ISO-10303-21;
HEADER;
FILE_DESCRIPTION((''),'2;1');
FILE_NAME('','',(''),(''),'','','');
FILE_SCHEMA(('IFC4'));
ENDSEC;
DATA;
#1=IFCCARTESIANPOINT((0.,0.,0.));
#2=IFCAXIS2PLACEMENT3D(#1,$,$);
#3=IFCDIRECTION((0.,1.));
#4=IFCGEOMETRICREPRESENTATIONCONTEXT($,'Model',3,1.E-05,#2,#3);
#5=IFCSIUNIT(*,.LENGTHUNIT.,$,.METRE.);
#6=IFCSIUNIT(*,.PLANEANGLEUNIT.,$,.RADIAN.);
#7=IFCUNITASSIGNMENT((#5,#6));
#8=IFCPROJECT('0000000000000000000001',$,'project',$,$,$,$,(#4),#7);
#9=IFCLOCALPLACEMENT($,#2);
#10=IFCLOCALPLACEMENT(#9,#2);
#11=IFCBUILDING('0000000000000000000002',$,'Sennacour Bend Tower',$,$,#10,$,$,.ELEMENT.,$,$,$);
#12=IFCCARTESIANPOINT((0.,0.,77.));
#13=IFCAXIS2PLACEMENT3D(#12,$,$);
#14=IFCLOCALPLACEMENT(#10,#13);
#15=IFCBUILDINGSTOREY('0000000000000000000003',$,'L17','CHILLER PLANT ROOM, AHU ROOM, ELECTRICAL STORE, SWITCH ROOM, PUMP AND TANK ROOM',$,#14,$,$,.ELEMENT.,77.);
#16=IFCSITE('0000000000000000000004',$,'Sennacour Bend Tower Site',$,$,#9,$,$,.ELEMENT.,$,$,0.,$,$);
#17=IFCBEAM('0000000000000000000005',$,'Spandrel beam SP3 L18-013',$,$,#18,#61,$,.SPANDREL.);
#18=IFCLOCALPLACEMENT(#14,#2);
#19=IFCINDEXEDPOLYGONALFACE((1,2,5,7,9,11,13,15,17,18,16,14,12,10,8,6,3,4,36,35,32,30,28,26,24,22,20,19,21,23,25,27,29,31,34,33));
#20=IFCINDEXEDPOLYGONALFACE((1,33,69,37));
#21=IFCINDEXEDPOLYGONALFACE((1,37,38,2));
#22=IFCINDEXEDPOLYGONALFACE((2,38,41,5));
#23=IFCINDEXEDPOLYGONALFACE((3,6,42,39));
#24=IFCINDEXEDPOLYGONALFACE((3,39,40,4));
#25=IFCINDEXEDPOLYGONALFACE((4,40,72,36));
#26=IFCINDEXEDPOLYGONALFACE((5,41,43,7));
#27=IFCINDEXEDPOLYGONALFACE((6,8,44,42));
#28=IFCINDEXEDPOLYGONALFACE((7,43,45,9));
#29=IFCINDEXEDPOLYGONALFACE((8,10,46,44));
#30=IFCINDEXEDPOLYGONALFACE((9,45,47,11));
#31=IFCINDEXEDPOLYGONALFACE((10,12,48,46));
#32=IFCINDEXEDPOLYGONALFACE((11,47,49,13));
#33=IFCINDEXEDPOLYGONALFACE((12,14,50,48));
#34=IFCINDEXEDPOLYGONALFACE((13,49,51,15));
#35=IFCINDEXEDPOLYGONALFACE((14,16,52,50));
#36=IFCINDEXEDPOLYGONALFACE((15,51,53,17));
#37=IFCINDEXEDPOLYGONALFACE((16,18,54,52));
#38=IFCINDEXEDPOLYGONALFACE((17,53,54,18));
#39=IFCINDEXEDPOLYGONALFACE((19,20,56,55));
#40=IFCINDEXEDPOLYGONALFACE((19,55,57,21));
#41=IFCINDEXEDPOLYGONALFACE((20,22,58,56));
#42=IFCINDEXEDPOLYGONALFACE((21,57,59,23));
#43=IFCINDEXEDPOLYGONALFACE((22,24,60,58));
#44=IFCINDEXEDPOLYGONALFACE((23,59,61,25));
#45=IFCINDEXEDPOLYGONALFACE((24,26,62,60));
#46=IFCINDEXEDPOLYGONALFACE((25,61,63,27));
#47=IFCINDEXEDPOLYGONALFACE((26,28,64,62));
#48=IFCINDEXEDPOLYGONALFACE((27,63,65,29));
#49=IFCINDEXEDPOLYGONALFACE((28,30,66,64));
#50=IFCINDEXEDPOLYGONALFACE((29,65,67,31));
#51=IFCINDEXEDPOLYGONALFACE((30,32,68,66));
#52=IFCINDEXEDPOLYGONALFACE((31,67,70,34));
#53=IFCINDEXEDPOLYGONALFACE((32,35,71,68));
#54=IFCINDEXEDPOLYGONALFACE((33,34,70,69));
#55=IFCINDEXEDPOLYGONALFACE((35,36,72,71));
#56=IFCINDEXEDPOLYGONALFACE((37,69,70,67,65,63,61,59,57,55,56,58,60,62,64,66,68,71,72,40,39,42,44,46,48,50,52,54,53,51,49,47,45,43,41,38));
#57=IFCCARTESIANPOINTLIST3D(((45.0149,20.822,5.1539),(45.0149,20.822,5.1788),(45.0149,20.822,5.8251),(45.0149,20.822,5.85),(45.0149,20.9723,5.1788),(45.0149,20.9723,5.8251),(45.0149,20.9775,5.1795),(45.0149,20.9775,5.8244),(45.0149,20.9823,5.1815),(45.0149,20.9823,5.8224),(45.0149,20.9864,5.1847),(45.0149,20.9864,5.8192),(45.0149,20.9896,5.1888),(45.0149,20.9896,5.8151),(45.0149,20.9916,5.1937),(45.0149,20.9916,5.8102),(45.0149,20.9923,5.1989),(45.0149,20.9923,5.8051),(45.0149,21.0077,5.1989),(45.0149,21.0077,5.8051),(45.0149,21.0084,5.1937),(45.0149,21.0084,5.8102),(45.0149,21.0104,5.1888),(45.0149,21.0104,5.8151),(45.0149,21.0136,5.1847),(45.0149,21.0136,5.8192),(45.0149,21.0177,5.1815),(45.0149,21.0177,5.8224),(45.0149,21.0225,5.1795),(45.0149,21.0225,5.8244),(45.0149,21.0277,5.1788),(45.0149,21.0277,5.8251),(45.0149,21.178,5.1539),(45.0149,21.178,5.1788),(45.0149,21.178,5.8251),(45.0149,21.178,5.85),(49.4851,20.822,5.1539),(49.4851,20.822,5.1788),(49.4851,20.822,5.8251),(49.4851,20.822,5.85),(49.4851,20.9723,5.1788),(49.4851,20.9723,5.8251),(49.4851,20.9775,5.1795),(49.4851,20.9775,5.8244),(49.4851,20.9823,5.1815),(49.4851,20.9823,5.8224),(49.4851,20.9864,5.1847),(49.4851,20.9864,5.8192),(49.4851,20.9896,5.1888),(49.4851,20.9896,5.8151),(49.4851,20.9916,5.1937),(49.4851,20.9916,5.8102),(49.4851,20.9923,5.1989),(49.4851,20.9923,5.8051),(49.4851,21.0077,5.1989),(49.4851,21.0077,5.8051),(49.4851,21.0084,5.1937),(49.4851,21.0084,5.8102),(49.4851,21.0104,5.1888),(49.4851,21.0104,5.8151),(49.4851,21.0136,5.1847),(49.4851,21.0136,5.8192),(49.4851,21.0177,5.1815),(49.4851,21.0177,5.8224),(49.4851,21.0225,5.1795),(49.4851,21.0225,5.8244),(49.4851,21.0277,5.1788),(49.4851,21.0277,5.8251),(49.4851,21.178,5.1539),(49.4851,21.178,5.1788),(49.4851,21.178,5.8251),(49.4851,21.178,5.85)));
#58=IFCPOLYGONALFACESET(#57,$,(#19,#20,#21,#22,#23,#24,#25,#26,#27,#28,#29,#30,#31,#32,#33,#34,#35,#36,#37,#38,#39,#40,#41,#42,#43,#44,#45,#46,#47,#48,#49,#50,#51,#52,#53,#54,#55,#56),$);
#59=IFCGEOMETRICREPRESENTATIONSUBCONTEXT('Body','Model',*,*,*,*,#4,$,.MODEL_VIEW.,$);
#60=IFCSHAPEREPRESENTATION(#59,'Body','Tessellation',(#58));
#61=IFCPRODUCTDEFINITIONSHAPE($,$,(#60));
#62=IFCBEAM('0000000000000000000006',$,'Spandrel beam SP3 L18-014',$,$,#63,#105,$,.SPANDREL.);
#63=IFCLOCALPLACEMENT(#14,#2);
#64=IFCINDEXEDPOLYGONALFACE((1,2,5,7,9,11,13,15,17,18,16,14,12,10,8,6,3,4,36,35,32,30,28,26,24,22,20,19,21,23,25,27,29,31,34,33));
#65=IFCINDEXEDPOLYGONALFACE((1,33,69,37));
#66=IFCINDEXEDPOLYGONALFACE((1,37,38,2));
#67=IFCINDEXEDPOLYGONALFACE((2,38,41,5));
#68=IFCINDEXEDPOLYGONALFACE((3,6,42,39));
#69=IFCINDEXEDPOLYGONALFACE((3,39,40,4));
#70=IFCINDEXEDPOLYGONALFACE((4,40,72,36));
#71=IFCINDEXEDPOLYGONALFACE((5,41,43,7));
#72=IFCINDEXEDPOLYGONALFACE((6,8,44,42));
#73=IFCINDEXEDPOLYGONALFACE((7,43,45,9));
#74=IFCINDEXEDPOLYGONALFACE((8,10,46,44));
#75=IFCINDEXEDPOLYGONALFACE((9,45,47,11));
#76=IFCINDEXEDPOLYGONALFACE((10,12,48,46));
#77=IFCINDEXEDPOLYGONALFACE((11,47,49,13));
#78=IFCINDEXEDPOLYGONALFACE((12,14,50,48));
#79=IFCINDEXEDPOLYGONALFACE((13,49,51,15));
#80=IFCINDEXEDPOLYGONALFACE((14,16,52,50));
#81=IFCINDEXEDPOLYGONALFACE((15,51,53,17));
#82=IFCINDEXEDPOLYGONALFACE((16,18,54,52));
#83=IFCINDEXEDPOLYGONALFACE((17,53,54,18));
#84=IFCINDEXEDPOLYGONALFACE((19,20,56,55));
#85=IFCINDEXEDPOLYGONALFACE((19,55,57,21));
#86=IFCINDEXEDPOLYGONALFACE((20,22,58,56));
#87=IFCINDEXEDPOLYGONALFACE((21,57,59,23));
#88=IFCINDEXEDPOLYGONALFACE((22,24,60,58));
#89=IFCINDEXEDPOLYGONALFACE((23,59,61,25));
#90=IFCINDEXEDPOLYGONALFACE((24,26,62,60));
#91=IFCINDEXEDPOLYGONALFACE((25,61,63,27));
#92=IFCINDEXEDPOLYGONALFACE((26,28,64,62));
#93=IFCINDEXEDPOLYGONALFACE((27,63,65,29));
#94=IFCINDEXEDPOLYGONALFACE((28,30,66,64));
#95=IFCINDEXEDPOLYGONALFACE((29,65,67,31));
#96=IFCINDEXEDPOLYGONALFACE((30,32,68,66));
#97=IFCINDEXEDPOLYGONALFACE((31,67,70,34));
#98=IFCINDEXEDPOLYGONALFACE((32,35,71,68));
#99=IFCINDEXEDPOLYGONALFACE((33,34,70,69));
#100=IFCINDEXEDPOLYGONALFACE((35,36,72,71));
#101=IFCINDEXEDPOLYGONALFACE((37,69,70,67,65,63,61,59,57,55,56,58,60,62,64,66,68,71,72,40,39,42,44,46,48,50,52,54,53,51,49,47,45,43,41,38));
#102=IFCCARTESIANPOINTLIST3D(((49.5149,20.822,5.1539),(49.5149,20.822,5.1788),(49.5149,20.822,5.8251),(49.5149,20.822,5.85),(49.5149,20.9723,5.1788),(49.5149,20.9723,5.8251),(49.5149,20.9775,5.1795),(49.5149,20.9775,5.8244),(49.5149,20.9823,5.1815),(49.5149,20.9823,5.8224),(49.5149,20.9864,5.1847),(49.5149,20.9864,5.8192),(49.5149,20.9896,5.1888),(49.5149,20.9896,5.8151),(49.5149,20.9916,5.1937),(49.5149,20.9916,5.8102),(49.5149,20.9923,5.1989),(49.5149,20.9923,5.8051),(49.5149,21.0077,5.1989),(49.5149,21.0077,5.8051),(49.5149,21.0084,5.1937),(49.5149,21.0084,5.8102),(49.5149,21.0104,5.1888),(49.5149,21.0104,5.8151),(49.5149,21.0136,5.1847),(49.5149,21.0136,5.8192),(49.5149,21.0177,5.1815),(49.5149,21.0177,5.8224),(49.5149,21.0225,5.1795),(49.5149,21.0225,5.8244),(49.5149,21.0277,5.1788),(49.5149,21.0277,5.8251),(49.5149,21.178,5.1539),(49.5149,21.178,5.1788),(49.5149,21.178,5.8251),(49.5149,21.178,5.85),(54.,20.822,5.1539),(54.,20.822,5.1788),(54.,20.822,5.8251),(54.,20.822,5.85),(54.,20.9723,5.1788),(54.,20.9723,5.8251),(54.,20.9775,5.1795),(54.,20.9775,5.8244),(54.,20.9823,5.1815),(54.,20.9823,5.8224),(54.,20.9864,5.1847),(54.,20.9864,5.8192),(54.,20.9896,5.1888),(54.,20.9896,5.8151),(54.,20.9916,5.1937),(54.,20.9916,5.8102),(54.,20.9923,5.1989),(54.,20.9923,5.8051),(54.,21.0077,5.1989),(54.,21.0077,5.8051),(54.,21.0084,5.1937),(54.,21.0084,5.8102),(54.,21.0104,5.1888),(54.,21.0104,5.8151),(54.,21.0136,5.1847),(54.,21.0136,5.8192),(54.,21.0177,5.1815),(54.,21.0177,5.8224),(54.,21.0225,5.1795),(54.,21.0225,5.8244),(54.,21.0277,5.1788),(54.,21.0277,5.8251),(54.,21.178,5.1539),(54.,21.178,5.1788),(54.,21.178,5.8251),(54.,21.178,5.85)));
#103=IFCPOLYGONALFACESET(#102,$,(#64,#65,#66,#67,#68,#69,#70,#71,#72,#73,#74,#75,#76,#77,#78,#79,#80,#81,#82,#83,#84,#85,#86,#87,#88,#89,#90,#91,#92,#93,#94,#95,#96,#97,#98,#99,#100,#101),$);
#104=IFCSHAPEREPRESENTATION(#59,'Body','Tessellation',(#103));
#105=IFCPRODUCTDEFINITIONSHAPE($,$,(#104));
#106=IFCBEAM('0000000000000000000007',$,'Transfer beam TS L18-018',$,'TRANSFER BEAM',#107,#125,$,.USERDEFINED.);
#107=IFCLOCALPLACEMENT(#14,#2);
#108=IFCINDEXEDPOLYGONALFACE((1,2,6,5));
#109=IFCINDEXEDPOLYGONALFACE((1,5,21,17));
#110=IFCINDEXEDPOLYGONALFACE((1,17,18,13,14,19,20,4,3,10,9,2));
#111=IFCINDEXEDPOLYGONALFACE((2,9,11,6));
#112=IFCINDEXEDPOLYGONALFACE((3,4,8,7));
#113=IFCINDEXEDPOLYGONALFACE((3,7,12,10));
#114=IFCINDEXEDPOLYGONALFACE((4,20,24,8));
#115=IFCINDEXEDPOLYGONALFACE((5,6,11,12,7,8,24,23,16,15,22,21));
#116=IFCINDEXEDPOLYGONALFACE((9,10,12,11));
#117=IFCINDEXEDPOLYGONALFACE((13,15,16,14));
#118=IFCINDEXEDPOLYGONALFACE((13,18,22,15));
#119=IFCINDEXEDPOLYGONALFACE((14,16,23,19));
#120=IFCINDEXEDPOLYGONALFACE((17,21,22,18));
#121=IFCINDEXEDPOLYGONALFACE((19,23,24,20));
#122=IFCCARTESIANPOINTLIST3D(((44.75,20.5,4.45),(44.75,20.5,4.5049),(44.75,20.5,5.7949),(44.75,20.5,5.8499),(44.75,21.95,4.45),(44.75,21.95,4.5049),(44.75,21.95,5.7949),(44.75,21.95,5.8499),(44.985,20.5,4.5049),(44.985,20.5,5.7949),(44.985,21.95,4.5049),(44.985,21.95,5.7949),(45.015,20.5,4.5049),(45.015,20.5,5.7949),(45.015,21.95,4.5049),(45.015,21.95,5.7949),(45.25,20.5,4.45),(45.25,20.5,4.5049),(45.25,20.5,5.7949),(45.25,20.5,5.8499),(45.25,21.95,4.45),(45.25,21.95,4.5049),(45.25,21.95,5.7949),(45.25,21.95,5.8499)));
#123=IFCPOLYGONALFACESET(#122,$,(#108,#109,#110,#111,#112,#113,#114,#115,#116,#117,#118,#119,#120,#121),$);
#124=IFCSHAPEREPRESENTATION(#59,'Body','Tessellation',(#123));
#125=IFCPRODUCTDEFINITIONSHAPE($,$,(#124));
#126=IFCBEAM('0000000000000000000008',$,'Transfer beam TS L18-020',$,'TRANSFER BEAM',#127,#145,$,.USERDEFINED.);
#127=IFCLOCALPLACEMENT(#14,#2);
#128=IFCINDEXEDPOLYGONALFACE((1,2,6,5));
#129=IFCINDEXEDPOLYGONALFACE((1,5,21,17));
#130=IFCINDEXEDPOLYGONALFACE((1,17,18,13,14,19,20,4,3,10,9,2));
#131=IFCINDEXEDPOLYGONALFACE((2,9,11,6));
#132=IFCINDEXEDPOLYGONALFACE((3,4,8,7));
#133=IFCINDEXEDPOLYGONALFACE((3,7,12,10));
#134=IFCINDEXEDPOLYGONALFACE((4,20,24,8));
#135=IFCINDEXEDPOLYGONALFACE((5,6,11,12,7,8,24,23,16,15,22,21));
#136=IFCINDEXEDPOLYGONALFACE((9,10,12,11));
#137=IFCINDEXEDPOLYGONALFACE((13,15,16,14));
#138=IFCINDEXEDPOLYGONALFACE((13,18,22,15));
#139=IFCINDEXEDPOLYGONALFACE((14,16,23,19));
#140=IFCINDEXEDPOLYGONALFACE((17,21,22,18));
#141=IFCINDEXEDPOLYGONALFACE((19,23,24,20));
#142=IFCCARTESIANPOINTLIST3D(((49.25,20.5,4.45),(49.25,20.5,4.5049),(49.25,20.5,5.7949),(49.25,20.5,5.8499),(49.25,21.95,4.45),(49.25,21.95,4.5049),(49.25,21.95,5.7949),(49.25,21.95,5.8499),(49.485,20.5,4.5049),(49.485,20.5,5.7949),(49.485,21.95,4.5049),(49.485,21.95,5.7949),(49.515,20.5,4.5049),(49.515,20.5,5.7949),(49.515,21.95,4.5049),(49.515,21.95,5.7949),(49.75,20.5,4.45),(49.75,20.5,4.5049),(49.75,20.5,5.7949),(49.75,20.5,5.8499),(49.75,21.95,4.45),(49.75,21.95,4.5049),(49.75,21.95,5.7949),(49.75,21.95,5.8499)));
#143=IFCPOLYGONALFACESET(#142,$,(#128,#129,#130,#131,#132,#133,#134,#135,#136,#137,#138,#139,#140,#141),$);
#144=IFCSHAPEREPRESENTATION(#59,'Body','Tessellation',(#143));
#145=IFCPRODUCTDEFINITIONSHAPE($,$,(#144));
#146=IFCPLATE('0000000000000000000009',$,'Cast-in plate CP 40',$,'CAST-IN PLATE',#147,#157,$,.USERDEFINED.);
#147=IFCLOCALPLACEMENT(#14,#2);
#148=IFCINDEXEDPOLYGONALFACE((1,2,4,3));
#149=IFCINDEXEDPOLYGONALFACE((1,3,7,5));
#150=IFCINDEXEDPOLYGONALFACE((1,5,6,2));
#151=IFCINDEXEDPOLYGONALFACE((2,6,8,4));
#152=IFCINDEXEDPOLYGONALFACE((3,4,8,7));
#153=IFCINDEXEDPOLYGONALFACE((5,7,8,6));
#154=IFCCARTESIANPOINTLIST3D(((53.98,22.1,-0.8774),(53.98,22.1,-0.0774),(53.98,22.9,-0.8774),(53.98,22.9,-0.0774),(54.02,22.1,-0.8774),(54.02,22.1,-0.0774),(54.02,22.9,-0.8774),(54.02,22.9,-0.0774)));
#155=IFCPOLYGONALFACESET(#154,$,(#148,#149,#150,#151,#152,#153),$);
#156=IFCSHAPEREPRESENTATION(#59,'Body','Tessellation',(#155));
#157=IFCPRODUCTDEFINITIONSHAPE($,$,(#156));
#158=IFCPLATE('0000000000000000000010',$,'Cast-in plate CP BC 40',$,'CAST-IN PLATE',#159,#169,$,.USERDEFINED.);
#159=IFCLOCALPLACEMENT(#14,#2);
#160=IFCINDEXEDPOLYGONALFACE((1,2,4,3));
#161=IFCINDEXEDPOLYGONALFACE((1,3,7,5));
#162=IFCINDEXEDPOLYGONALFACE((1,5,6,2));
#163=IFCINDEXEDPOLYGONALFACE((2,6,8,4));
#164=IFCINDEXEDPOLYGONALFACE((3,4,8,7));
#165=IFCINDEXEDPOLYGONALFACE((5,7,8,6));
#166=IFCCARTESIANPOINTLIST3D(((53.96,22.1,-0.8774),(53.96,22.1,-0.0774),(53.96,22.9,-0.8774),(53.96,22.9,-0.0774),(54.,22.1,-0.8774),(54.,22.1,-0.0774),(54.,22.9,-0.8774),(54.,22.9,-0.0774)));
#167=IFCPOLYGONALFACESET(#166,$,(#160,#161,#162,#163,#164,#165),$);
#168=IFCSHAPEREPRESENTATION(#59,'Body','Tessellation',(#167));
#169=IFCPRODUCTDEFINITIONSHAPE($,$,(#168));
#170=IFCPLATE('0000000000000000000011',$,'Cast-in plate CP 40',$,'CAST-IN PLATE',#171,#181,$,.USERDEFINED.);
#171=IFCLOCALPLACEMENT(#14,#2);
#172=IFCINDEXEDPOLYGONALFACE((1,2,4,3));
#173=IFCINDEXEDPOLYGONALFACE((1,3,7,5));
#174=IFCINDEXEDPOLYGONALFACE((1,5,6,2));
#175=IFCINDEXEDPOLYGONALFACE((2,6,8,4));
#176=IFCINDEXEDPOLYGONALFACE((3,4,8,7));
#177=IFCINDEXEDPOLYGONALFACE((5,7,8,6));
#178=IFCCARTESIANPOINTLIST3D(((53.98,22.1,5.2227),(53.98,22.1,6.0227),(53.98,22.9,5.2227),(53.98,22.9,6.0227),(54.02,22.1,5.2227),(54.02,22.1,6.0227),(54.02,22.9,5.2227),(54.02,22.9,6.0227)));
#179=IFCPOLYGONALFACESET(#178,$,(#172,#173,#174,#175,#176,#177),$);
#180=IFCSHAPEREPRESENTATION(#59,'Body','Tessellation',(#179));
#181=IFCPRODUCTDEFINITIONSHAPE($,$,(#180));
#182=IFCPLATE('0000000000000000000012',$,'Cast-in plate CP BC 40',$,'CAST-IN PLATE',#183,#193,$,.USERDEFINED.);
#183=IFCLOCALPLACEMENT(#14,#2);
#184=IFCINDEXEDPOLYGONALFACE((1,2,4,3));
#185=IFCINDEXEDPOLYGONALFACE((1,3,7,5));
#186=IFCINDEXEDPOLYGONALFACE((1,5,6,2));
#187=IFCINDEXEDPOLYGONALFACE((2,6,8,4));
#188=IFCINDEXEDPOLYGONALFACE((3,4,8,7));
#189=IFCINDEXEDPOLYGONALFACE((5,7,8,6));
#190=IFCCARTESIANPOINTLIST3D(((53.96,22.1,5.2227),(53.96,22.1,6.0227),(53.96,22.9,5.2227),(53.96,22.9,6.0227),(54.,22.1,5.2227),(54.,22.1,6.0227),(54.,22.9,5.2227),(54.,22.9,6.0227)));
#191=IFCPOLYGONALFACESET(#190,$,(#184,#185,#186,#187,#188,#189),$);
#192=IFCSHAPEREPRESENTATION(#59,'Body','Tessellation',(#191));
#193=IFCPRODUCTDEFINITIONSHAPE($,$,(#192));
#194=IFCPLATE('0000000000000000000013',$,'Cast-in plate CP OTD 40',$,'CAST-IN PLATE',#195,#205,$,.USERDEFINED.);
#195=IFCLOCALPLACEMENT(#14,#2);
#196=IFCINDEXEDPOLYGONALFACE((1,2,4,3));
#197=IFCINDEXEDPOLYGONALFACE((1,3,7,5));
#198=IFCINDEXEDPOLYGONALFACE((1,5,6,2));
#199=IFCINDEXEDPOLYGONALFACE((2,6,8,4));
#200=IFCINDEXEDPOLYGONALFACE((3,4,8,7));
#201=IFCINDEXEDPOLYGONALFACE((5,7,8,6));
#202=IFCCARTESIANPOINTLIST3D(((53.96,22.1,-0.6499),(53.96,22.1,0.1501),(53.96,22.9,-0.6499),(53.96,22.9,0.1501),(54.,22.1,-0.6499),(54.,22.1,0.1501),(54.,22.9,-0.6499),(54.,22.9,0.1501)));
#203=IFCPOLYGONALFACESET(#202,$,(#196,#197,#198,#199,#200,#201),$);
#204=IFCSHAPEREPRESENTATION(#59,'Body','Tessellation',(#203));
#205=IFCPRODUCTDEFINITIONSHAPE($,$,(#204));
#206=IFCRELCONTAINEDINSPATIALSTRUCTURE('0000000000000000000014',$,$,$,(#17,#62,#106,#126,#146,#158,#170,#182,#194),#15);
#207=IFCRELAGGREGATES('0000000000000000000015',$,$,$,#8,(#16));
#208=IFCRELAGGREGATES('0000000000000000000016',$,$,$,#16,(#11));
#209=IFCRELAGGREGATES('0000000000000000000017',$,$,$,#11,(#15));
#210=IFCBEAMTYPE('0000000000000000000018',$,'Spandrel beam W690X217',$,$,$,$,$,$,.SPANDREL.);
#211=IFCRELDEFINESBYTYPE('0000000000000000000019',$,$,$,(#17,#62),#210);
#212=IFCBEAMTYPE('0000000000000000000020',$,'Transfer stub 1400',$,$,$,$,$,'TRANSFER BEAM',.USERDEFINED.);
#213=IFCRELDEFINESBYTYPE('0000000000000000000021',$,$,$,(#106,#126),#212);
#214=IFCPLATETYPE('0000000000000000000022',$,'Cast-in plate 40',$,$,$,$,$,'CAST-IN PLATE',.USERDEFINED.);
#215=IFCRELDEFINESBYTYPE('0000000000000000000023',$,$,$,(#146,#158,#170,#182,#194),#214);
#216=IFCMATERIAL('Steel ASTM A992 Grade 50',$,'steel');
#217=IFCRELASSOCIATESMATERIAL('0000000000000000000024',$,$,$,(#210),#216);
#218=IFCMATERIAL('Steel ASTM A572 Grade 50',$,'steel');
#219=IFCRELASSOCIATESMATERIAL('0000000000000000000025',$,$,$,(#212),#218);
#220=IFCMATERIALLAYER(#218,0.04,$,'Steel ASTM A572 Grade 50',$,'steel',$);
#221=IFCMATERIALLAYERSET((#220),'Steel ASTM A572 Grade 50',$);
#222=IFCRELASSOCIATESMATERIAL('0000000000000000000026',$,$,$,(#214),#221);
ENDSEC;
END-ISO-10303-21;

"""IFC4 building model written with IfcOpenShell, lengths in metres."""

from ifc_helpers import new_model, si_unit, direction, frame, origin, origin_2d, place, context, subcontext, project, spatial, rectangle, i_section, extrude, material, layer, layer_set, material_profile, profile_set, type_object, element, save


model = new_model("IFC4")

# Units and contexts
model_context = context("Model", 3, precision=1e-05, world=origin(), true_north=direction((0.0, 1.0)))
body_context = subcontext(model_context, "Body", "Model", "MODEL_VIEW")
ifc_project = project(units=[si_unit("LENGTHUNIT", "METRE"), si_unit("PLANEANGLEUNIT", "RADIAN")], contexts=[model_context])

# Site, building, storey
site_placement = place(None, origin())
site = spatial("IfcSite", under=ifc_project, at=site_placement, Name="Sennacour Bend Tower Site", CompositionType="ELEMENT", RefElevation=0.0)
building_placement = place(site_placement, origin())
building = spatial("IfcBuilding", under=site, at=building_placement, Name="Sennacour Bend Tower", CompositionType="ELEMENT")
storey_placement = place(building_placement, frame((0.0, 0.0, 77.0)))
storey = spatial("IfcBuildingStorey", under=building, at=storey_placement, Name="L17", Description="CHILLER PLANT ROOM, AHU ROOM, ELECTRICAL STORE, SWITCH ROOM, PUMP AND TANK ROOM", CompositionType="ELEMENT", Elevation=77.0)

# Shared definitions
ifc_material_1 = material(Name="Steel ASTM A572 Grade 50", Category="steel")

# Shared definitions
ifc_material_2 = material(Name="Steel ASTM A992 Grade 50", Category="steel")

# Beams
ifc_material_profile_1 = material_profile(ifc_material_2, i_section(OverallWidth=0.356, OverallDepth=0.696, WebThickness=0.0154, FlangeThickness=0.0249, FilletRadius=0.02, at=origin_2d()), Name="Steel ASTM A992 Grade 50", Category="steel")
ifc_profile_set_1 = profile_set([ifc_material_profile_1], Name="Steel ASTM A992 Grade 50")
beam_type_1 = type_object("IfcBeamType", Name="Spandrel beam W690X217", PredefinedType="SPANDREL", material=ifc_profile_set_1)
beam_1_placement = place(storey_placement, frame((45.0149, 21.0, 5.502), z_axis=(1.0, 0.0, 0.0), x_axis=(0.0, 1.0, 0.0)))
element("IfcBeam", 1, at=beam_1_placement, inside=storey, type_object=beam_type_1, Name="Spandrel beam SP3 L18-013", PredefinedType="SPANDREL", context=body_context, shape_type="SweptSolid", body=[
    extrude(i_section(OverallWidth=0.356, OverallDepth=0.696, WebThickness=0.0154, FlangeThickness=0.0249, FilletRadius=0.02, at=origin_2d()), origin(), (0.0, 0.0, 1.0), 4.4702),
])
beam_2_placement = place(storey_placement, frame((49.5149, 21.0, 5.502), z_axis=(1.0, 0.0, 0.0), x_axis=(0.0, 1.0, 0.0)))
element("IfcBeam", 2, at=beam_2_placement, inside=storey, type_object=beam_type_1, Name="Spandrel beam SP3 L18-014", PredefinedType="SPANDREL", context=body_context, shape_type="SweptSolid", body=[
    extrude(i_section(OverallWidth=0.356, OverallDepth=0.696, WebThickness=0.0154, FlangeThickness=0.0249, FilletRadius=0.02, at=origin_2d()), origin(), (0.0, 0.0, 1.0), 4.4851),
])
ifc_material_profile_2 = material_profile(ifc_material_1, i_section(OverallWidth=0.5, OverallDepth=1.3999, WebThickness=0.03, FlangeThickness=0.0549, at=origin_2d()), Name="Steel ASTM A572 Grade 50", Category="steel")
ifc_profile_set_2 = profile_set([ifc_material_profile_2], Name="Steel ASTM A572 Grade 50")
beam_type_2 = type_object("IfcBeamType", Name="Transfer stub 1400", ElementType="TRANSFER BEAM", PredefinedType="USERDEFINED", material=ifc_profile_set_2)
for number, where, z_axis, x_axis, name in (
    (3, (45.0, 21.95, 5.1499), (0.0, -1.0, 0.0), (1.0, 0.0, 0.0), "Transfer beam TS L18-018"),
    (4, (49.5, 21.95, 5.1499), (0.0, -1.0, 0.0), (1.0, 0.0, 0.0), "Transfer beam TS L18-020"),
):
    element("IfcBeam", number, at=place(storey_placement, frame(where, z_axis=z_axis, x_axis=x_axis)), inside=storey, type_object=beam_type_2, Name=name, ObjectType="TRANSFER BEAM", PredefinedType="USERDEFINED", context=body_context, shape_type="SweptSolid", body=[
        extrude(i_section(OverallWidth=0.5, OverallDepth=1.3999, WebThickness=0.03, FlangeThickness=0.0549, at=origin_2d()), origin(), (0.0, 0.0, 1.0), 1.45),
    ])

# Plates
ifc_layer_1 = layer(ifc_material_1, 0.04, Name="Steel ASTM A572 Grade 50", Category="steel")
ifc_layer_set_1 = layer_set([ifc_layer_1], Name="Steel ASTM A572 Grade 50")
plate_type_1 = type_object("IfcPlateType", Name="Cast-in plate 40", ElementType="CAST-IN PLATE", PredefinedType="USERDEFINED", material=ifc_layer_set_1)
for number, where, z_axis, x_axis, name in (
    (5, (54.0, 22.5, -0.8774), (0.0, 0.0, 1.0), (1.0, 0.0, 0.0), "Cast-in plate CP 40"),
    (6, (53.98, 22.5, -0.8774), (0.0, 0.0, 1.0), (1.0, 0.0, 0.0), "Cast-in plate CP BC 40"),
    (7, (54.0, 22.5, 5.2227), (0.0, 0.0, 1.0), (1.0, 0.0, 0.0), "Cast-in plate CP 40"),
    (8, (53.98, 22.5, 5.2227), (0.0, 0.0, 1.0), (1.0, 0.0, 0.0), "Cast-in plate CP BC 40"),
    (9, (53.98, 22.5, -0.6499), (0.0, 0.0, 1.0), (1.0, 0.0, 0.0), "Cast-in plate CP OTD 40"),
):
    element("IfcPlate", number, at=place(storey_placement, frame(where, z_axis=z_axis, x_axis=x_axis)), inside=storey, type_object=plate_type_1, Name=name, ObjectType="CAST-IN PLATE", PredefinedType="USERDEFINED", context=body_context, shape_type="SweptSolid", body=[
        extrude(rectangle(XDim=0.04, YDim=0.8, at=origin_2d()), origin(), (0.0, 0.0, 1.0), 0.8),
    ])

save(model, "model.ifc")
